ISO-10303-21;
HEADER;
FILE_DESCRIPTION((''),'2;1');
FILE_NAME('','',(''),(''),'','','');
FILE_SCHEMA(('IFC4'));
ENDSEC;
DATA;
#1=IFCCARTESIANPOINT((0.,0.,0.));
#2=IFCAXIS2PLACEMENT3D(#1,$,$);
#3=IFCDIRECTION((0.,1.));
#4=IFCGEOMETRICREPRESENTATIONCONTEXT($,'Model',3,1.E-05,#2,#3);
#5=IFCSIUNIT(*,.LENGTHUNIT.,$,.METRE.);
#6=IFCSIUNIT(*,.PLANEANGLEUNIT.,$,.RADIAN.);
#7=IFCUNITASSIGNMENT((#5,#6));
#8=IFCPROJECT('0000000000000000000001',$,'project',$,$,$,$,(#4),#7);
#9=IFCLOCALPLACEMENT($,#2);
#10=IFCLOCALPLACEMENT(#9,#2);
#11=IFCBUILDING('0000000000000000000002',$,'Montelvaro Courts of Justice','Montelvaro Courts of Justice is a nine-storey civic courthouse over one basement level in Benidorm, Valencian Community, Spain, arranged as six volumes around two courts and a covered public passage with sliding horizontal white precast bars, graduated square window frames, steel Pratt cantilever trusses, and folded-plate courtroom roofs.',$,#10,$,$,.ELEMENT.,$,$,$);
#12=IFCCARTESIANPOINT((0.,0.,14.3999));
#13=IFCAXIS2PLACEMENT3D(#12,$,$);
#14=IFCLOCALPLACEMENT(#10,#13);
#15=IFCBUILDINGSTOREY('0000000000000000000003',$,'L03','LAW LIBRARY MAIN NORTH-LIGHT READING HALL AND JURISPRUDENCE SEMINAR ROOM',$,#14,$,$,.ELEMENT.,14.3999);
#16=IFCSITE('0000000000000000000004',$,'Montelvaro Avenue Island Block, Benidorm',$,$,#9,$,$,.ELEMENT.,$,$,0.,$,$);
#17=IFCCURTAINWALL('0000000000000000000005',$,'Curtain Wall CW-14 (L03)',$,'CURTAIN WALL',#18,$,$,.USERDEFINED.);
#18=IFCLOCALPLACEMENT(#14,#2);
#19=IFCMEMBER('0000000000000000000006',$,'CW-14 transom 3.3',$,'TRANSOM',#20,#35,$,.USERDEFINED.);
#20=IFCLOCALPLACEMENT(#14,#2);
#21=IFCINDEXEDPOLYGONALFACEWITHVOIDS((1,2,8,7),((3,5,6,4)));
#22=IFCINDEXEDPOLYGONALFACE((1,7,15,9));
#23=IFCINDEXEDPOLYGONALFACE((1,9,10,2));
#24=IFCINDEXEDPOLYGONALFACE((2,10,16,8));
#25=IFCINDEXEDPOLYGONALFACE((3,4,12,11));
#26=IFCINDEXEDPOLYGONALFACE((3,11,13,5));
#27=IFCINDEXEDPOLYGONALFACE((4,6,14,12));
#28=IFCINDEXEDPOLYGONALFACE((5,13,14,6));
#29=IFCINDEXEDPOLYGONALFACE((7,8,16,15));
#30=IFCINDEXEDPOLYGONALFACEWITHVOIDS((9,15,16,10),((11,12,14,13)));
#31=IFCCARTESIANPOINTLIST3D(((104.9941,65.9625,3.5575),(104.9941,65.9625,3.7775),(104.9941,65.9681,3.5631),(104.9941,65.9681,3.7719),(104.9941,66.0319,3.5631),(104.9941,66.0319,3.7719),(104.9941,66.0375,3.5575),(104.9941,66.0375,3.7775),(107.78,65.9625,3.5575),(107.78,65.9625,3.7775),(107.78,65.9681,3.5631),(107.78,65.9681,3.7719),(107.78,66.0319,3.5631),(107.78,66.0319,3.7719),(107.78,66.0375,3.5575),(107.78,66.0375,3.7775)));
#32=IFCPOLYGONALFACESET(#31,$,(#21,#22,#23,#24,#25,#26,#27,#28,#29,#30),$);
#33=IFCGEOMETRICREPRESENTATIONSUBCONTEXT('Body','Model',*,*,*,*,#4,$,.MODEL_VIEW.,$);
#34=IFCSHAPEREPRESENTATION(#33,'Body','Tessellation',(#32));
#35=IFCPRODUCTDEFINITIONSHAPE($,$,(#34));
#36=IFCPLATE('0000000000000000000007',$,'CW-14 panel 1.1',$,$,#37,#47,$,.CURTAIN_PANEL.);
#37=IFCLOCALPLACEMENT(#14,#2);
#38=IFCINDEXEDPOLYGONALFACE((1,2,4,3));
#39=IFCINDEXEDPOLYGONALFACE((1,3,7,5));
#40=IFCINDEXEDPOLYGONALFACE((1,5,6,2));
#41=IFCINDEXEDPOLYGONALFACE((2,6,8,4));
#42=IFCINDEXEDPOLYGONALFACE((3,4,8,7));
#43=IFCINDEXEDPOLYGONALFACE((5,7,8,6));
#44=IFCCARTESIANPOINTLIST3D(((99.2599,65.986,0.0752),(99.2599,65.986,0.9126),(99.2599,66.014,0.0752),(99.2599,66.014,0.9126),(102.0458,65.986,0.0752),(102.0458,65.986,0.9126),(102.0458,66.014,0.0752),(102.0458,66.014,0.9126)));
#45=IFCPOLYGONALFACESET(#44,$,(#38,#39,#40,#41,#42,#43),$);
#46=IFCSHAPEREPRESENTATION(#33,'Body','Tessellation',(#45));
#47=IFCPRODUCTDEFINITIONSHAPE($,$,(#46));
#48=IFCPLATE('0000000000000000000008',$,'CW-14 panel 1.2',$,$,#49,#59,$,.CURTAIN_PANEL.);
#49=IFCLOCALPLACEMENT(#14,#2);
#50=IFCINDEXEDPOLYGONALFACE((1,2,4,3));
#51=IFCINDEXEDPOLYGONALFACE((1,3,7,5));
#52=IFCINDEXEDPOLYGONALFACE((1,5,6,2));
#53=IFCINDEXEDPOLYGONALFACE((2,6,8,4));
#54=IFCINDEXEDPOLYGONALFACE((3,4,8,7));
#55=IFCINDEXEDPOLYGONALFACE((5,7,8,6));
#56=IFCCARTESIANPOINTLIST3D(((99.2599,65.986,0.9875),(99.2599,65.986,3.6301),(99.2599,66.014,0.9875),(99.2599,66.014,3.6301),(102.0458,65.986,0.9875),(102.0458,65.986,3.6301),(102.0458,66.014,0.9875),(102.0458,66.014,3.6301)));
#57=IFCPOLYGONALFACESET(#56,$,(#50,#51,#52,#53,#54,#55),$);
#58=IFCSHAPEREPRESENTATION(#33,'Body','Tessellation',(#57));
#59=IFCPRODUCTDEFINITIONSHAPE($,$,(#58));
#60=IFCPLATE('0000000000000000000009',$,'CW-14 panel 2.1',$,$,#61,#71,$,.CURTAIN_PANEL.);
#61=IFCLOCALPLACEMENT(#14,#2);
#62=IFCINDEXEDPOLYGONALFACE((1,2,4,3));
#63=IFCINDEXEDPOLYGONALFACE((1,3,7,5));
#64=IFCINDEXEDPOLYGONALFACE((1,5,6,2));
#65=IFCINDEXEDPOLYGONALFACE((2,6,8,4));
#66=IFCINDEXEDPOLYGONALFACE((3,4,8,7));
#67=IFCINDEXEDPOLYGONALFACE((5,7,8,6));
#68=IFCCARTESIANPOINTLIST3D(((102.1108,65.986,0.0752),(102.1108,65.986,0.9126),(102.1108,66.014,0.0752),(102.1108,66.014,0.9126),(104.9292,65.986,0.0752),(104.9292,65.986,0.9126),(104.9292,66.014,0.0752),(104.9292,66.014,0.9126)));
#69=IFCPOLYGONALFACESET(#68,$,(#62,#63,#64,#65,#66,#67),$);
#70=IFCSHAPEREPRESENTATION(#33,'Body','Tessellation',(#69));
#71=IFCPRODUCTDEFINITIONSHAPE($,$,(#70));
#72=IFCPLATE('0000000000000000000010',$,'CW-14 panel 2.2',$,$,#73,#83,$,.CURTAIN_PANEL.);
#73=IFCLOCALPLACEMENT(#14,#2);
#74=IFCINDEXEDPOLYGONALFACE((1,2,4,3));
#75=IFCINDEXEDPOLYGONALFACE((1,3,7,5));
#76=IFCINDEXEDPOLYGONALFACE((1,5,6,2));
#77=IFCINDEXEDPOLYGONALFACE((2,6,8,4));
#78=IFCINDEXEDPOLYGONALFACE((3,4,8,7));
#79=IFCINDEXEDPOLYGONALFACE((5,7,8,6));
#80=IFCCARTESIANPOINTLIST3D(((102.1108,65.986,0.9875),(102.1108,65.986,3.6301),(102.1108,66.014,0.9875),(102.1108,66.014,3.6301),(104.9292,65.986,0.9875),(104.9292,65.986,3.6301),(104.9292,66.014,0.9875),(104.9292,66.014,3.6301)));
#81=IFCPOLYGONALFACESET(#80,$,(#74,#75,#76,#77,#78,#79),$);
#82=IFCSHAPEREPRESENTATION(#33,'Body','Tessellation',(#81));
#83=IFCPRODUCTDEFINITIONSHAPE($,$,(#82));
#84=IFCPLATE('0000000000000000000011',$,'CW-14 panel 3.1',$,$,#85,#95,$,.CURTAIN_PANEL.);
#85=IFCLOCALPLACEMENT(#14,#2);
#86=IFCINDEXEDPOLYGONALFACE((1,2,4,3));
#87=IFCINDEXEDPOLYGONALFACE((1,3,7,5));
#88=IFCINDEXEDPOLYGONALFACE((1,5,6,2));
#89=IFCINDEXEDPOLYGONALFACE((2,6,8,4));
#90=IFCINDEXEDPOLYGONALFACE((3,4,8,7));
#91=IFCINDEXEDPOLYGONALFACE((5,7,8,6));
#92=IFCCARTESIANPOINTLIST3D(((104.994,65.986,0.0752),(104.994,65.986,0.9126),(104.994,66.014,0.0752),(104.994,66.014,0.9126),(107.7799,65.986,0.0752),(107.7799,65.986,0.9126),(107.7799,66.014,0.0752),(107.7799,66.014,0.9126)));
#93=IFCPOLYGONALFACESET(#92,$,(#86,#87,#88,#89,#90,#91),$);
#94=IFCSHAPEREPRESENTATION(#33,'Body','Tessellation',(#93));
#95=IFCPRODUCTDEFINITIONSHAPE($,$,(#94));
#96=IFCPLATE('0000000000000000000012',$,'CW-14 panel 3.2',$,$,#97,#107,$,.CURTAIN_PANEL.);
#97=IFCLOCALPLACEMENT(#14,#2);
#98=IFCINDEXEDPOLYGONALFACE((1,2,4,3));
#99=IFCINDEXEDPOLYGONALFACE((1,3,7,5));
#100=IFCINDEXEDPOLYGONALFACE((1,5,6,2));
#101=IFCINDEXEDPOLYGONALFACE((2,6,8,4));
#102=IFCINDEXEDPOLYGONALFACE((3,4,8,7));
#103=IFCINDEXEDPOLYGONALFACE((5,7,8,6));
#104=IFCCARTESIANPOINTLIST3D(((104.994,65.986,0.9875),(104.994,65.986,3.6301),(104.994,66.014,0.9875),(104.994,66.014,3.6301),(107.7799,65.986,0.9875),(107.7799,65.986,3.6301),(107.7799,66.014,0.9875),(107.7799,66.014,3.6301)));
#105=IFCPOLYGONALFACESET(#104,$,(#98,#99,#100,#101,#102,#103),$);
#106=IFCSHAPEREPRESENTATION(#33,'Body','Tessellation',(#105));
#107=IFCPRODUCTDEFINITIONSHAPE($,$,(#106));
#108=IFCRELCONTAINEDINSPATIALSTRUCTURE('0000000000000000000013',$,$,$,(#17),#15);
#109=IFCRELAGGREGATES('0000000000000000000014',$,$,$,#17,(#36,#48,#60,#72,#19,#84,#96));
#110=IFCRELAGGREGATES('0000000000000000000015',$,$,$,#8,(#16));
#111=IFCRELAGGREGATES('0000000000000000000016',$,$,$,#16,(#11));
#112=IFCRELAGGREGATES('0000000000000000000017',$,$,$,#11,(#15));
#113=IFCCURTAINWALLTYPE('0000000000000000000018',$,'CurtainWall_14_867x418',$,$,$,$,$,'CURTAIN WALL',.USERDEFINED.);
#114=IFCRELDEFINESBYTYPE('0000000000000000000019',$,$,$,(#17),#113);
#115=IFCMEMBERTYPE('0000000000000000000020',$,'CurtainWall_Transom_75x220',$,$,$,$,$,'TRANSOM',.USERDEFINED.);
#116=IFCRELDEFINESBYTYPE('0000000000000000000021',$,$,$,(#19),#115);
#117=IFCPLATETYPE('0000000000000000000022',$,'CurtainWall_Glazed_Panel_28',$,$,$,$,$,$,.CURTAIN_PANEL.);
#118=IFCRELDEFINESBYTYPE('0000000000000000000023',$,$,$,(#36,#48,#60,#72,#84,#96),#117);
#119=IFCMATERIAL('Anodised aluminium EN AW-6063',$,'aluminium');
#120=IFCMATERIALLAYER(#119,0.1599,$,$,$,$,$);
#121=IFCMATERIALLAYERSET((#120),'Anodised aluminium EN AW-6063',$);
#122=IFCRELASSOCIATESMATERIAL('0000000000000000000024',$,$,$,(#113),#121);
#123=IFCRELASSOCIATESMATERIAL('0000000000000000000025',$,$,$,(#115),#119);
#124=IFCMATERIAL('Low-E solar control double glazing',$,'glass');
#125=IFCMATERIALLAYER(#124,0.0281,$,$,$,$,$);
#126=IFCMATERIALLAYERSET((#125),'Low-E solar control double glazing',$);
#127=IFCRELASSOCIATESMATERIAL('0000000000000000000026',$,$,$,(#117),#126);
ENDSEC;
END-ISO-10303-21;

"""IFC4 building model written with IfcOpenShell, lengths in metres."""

from ifc_helpers import new_model, si_unit, direction, frame, origin, origin_2d, place, context, subcontext, project, spatial, rectangle, hollow_rectangle, extrude, material, layer, layer_set, material_profile, profile_set, type_object, element, aggregate, save


model = new_model("IFC4")

# Units and contexts
model_context = context("Model", 3, precision=1e-05, world=origin(), true_north=direction((0.0, 1.0)))
body_context = subcontext(model_context, "Body", "Model", "MODEL_VIEW")
ifc_project = project(units=[si_unit("LENGTHUNIT", "METRE"), si_unit("PLANEANGLEUNIT", "RADIAN")], contexts=[model_context])

# Site, building, storey
site_placement = place(None, origin())
site = spatial("IfcSite", under=ifc_project, at=site_placement, Name="Montelvaro Avenue Island Block, Benidorm", CompositionType="ELEMENT", RefElevation=0.0)
building_placement = place(site_placement, origin())
building = spatial("IfcBuilding", under=site, at=building_placement, Name="Montelvaro Courts of Justice", Description="Montelvaro Courts of Justice is a nine-storey civic courthouse over one basement level in Benidorm, Valencian Community, Spain, arranged as six volumes around two courts and a covered public passage with sliding horizontal white precast bars, graduated square window frames, steel Pratt cantilever trusses, and folded-plate courtroom roofs.", CompositionType="ELEMENT")
storey_placement = place(building_placement, frame((0.0, 0.0, 14.3999)))
storey = spatial("IfcBuildingStorey", under=building, at=storey_placement, Name="L03", Description="LAW LIBRARY MAIN NORTH-LIGHT READING HALL AND JURISPRUDENCE SEMINAR ROOM", CompositionType="ELEMENT", Elevation=14.3999)

# Curtain wall, member, plates
ifc_material_1 = material(Name="Anodised aluminium EN AW-6063", Category="aluminium")
ifc_layer_1 = layer(ifc_material_1, 0.1599)
ifc_layer_set_1 = layer_set([ifc_layer_1], Name="Anodised aluminium EN AW-6063")
curtain_wall_type = type_object("IfcCurtainWallType", Name="CurtainWall_14_867x418", ElementType="CURTAIN WALL", PredefinedType="USERDEFINED", material=ifc_layer_set_1)
curtain_wall_placement = place(storey_placement, origin())
curtain_wall = element("IfcCurtainWall", 1, at=curtain_wall_placement, inside=storey, type_object=curtain_wall_type, Name="Curtain Wall CW-14 (L03)", ObjectType="CURTAIN WALL", PredefinedType="USERDEFINED")
ifc_material_profile_1 = material_profile(ifc_material_1, hollow_rectangle(XDim=0.075, YDim=0.22, WallThickness=0.0056, at=origin_2d()), Name="ALU-T 75x220")
ifc_profile_set_1 = profile_set([ifc_material_profile_1], Name="Anodised aluminium EN AW-6063")
member_type_1 = type_object("IfcMemberType", Name="CurtainWall_Transom_75x220", ElementType="TRANSOM", PredefinedType="USERDEFINED", material=ifc_profile_set_1)
member_1_placement = place(storey_placement, frame((104.9941, 66.0, 3.6675), z_axis=(1.0, 0.0, 0.0), x_axis=(0.0, 1.0, 0.0)))
member_1 = element("IfcMember", 2, at=member_1_placement, type_object=member_type_1, Name="CW-14 transom 3.3", ObjectType="TRANSOM", PredefinedType="USERDEFINED", context=body_context, shape_type="SweptSolid", body=[
    extrude(hollow_rectangle(XDim=0.075, YDim=0.22, WallThickness=0.0056, at=origin_2d()), origin(), (0.0, 0.0, 1.0), 2.7859),
])
ifc_material_2 = material(Name="Low-E solar control double glazing", Category="glass")
ifc_layer_2 = layer(ifc_material_2, 0.0281)
ifc_layer_set_2 = layer_set([ifc_layer_2], Name="Low-E solar control double glazing")
plate_type = type_object("IfcPlateType", Name="CurtainWall_Glazed_Panel_28", PredefinedType="CURTAIN_PANEL", material=ifc_layer_set_2)
plate_1_placement = place(storey_placement, frame((100.6528, 66.0, 0.0752), z_axis=(0.0, 0.0, 1.0), x_axis=(1.0, 0.0, 0.0)))
plate_1 = element("IfcPlate", 3, at=plate_1_placement, type_object=plate_type, Name="CW-14 panel 1.1", PredefinedType="CURTAIN_PANEL", context=body_context, shape_type="SweptSolid", body=[
    extrude(rectangle(XDim=2.7859, YDim=0.0281, at=origin_2d()), origin(), (0.0, 0.0, 1.0), 0.8374),
])
plate_2_placement = place(storey_placement, frame((100.6528, 66.0, 0.9875), z_axis=(0.0, 0.0, 1.0), x_axis=(1.0, 0.0, 0.0)))
plate_2 = element("IfcPlate", 4, at=plate_2_placement, type_object=plate_type, Name="CW-14 panel 1.2", PredefinedType="CURTAIN_PANEL", context=body_context, shape_type="SweptSolid", body=[
    extrude(rectangle(XDim=2.7859, YDim=0.0281, at=origin_2d()), origin(), (0.0, 0.0, 1.0), 2.6426),
])
plate_3_placement = place(storey_placement, frame((103.52, 66.0, 0.0752), z_axis=(0.0, 0.0, 1.0), x_axis=(1.0, 0.0, 0.0)))
plate_3 = element("IfcPlate", 5, at=plate_3_placement, type_object=plate_type, Name="CW-14 panel 2.1", PredefinedType="CURTAIN_PANEL", context=body_context, shape_type="SweptSolid", body=[
    extrude(rectangle(XDim=2.8184, YDim=0.0281, at=origin_2d()), origin(), (0.0, 0.0, 1.0), 0.8374),
])
plate_4_placement = place(storey_placement, frame((103.52, 66.0, 0.9875), z_axis=(0.0, 0.0, 1.0), x_axis=(1.0, 0.0, 0.0)))
plate_4 = element("IfcPlate", 6, at=plate_4_placement, type_object=plate_type, Name="CW-14 panel 2.2", PredefinedType="CURTAIN_PANEL", context=body_context, shape_type="SweptSolid", body=[
    extrude(rectangle(XDim=2.8184, YDim=0.0281, at=origin_2d()), origin(), (0.0, 0.0, 1.0), 2.6426),
])
plate_5_placement = place(storey_placement, frame((106.387, 66.0, 0.0752), z_axis=(0.0, 0.0, 1.0), x_axis=(1.0, 0.0, 0.0)))
plate_5 = element("IfcPlate", 7, at=plate_5_placement, type_object=plate_type, Name="CW-14 panel 3.1", PredefinedType="CURTAIN_PANEL", context=body_context, shape_type="SweptSolid", body=[
    extrude(rectangle(XDim=2.7859, YDim=0.0281, at=origin_2d()), origin(), (0.0, 0.0, 1.0), 0.8374),
])
plate_6_placement = place(storey_placement, frame((106.387, 66.0, 0.9875), z_axis=(0.0, 0.0, 1.0), x_axis=(1.0, 0.0, 0.0)))
plate_6 = element("IfcPlate", 8, at=plate_6_placement, type_object=plate_type, Name="CW-14 panel 3.2", PredefinedType="CURTAIN_PANEL", context=body_context, shape_type="SweptSolid", body=[
    extrude(rectangle(XDim=2.7859, YDim=0.0281, at=origin_2d()), origin(), (0.0, 0.0, 1.0), 2.6426),
])
aggregate(curtain_wall, [plate_1, plate_2, plate_3, plate_4, member_1, plate_5, plate_6])

save(model, "model.ifc")
